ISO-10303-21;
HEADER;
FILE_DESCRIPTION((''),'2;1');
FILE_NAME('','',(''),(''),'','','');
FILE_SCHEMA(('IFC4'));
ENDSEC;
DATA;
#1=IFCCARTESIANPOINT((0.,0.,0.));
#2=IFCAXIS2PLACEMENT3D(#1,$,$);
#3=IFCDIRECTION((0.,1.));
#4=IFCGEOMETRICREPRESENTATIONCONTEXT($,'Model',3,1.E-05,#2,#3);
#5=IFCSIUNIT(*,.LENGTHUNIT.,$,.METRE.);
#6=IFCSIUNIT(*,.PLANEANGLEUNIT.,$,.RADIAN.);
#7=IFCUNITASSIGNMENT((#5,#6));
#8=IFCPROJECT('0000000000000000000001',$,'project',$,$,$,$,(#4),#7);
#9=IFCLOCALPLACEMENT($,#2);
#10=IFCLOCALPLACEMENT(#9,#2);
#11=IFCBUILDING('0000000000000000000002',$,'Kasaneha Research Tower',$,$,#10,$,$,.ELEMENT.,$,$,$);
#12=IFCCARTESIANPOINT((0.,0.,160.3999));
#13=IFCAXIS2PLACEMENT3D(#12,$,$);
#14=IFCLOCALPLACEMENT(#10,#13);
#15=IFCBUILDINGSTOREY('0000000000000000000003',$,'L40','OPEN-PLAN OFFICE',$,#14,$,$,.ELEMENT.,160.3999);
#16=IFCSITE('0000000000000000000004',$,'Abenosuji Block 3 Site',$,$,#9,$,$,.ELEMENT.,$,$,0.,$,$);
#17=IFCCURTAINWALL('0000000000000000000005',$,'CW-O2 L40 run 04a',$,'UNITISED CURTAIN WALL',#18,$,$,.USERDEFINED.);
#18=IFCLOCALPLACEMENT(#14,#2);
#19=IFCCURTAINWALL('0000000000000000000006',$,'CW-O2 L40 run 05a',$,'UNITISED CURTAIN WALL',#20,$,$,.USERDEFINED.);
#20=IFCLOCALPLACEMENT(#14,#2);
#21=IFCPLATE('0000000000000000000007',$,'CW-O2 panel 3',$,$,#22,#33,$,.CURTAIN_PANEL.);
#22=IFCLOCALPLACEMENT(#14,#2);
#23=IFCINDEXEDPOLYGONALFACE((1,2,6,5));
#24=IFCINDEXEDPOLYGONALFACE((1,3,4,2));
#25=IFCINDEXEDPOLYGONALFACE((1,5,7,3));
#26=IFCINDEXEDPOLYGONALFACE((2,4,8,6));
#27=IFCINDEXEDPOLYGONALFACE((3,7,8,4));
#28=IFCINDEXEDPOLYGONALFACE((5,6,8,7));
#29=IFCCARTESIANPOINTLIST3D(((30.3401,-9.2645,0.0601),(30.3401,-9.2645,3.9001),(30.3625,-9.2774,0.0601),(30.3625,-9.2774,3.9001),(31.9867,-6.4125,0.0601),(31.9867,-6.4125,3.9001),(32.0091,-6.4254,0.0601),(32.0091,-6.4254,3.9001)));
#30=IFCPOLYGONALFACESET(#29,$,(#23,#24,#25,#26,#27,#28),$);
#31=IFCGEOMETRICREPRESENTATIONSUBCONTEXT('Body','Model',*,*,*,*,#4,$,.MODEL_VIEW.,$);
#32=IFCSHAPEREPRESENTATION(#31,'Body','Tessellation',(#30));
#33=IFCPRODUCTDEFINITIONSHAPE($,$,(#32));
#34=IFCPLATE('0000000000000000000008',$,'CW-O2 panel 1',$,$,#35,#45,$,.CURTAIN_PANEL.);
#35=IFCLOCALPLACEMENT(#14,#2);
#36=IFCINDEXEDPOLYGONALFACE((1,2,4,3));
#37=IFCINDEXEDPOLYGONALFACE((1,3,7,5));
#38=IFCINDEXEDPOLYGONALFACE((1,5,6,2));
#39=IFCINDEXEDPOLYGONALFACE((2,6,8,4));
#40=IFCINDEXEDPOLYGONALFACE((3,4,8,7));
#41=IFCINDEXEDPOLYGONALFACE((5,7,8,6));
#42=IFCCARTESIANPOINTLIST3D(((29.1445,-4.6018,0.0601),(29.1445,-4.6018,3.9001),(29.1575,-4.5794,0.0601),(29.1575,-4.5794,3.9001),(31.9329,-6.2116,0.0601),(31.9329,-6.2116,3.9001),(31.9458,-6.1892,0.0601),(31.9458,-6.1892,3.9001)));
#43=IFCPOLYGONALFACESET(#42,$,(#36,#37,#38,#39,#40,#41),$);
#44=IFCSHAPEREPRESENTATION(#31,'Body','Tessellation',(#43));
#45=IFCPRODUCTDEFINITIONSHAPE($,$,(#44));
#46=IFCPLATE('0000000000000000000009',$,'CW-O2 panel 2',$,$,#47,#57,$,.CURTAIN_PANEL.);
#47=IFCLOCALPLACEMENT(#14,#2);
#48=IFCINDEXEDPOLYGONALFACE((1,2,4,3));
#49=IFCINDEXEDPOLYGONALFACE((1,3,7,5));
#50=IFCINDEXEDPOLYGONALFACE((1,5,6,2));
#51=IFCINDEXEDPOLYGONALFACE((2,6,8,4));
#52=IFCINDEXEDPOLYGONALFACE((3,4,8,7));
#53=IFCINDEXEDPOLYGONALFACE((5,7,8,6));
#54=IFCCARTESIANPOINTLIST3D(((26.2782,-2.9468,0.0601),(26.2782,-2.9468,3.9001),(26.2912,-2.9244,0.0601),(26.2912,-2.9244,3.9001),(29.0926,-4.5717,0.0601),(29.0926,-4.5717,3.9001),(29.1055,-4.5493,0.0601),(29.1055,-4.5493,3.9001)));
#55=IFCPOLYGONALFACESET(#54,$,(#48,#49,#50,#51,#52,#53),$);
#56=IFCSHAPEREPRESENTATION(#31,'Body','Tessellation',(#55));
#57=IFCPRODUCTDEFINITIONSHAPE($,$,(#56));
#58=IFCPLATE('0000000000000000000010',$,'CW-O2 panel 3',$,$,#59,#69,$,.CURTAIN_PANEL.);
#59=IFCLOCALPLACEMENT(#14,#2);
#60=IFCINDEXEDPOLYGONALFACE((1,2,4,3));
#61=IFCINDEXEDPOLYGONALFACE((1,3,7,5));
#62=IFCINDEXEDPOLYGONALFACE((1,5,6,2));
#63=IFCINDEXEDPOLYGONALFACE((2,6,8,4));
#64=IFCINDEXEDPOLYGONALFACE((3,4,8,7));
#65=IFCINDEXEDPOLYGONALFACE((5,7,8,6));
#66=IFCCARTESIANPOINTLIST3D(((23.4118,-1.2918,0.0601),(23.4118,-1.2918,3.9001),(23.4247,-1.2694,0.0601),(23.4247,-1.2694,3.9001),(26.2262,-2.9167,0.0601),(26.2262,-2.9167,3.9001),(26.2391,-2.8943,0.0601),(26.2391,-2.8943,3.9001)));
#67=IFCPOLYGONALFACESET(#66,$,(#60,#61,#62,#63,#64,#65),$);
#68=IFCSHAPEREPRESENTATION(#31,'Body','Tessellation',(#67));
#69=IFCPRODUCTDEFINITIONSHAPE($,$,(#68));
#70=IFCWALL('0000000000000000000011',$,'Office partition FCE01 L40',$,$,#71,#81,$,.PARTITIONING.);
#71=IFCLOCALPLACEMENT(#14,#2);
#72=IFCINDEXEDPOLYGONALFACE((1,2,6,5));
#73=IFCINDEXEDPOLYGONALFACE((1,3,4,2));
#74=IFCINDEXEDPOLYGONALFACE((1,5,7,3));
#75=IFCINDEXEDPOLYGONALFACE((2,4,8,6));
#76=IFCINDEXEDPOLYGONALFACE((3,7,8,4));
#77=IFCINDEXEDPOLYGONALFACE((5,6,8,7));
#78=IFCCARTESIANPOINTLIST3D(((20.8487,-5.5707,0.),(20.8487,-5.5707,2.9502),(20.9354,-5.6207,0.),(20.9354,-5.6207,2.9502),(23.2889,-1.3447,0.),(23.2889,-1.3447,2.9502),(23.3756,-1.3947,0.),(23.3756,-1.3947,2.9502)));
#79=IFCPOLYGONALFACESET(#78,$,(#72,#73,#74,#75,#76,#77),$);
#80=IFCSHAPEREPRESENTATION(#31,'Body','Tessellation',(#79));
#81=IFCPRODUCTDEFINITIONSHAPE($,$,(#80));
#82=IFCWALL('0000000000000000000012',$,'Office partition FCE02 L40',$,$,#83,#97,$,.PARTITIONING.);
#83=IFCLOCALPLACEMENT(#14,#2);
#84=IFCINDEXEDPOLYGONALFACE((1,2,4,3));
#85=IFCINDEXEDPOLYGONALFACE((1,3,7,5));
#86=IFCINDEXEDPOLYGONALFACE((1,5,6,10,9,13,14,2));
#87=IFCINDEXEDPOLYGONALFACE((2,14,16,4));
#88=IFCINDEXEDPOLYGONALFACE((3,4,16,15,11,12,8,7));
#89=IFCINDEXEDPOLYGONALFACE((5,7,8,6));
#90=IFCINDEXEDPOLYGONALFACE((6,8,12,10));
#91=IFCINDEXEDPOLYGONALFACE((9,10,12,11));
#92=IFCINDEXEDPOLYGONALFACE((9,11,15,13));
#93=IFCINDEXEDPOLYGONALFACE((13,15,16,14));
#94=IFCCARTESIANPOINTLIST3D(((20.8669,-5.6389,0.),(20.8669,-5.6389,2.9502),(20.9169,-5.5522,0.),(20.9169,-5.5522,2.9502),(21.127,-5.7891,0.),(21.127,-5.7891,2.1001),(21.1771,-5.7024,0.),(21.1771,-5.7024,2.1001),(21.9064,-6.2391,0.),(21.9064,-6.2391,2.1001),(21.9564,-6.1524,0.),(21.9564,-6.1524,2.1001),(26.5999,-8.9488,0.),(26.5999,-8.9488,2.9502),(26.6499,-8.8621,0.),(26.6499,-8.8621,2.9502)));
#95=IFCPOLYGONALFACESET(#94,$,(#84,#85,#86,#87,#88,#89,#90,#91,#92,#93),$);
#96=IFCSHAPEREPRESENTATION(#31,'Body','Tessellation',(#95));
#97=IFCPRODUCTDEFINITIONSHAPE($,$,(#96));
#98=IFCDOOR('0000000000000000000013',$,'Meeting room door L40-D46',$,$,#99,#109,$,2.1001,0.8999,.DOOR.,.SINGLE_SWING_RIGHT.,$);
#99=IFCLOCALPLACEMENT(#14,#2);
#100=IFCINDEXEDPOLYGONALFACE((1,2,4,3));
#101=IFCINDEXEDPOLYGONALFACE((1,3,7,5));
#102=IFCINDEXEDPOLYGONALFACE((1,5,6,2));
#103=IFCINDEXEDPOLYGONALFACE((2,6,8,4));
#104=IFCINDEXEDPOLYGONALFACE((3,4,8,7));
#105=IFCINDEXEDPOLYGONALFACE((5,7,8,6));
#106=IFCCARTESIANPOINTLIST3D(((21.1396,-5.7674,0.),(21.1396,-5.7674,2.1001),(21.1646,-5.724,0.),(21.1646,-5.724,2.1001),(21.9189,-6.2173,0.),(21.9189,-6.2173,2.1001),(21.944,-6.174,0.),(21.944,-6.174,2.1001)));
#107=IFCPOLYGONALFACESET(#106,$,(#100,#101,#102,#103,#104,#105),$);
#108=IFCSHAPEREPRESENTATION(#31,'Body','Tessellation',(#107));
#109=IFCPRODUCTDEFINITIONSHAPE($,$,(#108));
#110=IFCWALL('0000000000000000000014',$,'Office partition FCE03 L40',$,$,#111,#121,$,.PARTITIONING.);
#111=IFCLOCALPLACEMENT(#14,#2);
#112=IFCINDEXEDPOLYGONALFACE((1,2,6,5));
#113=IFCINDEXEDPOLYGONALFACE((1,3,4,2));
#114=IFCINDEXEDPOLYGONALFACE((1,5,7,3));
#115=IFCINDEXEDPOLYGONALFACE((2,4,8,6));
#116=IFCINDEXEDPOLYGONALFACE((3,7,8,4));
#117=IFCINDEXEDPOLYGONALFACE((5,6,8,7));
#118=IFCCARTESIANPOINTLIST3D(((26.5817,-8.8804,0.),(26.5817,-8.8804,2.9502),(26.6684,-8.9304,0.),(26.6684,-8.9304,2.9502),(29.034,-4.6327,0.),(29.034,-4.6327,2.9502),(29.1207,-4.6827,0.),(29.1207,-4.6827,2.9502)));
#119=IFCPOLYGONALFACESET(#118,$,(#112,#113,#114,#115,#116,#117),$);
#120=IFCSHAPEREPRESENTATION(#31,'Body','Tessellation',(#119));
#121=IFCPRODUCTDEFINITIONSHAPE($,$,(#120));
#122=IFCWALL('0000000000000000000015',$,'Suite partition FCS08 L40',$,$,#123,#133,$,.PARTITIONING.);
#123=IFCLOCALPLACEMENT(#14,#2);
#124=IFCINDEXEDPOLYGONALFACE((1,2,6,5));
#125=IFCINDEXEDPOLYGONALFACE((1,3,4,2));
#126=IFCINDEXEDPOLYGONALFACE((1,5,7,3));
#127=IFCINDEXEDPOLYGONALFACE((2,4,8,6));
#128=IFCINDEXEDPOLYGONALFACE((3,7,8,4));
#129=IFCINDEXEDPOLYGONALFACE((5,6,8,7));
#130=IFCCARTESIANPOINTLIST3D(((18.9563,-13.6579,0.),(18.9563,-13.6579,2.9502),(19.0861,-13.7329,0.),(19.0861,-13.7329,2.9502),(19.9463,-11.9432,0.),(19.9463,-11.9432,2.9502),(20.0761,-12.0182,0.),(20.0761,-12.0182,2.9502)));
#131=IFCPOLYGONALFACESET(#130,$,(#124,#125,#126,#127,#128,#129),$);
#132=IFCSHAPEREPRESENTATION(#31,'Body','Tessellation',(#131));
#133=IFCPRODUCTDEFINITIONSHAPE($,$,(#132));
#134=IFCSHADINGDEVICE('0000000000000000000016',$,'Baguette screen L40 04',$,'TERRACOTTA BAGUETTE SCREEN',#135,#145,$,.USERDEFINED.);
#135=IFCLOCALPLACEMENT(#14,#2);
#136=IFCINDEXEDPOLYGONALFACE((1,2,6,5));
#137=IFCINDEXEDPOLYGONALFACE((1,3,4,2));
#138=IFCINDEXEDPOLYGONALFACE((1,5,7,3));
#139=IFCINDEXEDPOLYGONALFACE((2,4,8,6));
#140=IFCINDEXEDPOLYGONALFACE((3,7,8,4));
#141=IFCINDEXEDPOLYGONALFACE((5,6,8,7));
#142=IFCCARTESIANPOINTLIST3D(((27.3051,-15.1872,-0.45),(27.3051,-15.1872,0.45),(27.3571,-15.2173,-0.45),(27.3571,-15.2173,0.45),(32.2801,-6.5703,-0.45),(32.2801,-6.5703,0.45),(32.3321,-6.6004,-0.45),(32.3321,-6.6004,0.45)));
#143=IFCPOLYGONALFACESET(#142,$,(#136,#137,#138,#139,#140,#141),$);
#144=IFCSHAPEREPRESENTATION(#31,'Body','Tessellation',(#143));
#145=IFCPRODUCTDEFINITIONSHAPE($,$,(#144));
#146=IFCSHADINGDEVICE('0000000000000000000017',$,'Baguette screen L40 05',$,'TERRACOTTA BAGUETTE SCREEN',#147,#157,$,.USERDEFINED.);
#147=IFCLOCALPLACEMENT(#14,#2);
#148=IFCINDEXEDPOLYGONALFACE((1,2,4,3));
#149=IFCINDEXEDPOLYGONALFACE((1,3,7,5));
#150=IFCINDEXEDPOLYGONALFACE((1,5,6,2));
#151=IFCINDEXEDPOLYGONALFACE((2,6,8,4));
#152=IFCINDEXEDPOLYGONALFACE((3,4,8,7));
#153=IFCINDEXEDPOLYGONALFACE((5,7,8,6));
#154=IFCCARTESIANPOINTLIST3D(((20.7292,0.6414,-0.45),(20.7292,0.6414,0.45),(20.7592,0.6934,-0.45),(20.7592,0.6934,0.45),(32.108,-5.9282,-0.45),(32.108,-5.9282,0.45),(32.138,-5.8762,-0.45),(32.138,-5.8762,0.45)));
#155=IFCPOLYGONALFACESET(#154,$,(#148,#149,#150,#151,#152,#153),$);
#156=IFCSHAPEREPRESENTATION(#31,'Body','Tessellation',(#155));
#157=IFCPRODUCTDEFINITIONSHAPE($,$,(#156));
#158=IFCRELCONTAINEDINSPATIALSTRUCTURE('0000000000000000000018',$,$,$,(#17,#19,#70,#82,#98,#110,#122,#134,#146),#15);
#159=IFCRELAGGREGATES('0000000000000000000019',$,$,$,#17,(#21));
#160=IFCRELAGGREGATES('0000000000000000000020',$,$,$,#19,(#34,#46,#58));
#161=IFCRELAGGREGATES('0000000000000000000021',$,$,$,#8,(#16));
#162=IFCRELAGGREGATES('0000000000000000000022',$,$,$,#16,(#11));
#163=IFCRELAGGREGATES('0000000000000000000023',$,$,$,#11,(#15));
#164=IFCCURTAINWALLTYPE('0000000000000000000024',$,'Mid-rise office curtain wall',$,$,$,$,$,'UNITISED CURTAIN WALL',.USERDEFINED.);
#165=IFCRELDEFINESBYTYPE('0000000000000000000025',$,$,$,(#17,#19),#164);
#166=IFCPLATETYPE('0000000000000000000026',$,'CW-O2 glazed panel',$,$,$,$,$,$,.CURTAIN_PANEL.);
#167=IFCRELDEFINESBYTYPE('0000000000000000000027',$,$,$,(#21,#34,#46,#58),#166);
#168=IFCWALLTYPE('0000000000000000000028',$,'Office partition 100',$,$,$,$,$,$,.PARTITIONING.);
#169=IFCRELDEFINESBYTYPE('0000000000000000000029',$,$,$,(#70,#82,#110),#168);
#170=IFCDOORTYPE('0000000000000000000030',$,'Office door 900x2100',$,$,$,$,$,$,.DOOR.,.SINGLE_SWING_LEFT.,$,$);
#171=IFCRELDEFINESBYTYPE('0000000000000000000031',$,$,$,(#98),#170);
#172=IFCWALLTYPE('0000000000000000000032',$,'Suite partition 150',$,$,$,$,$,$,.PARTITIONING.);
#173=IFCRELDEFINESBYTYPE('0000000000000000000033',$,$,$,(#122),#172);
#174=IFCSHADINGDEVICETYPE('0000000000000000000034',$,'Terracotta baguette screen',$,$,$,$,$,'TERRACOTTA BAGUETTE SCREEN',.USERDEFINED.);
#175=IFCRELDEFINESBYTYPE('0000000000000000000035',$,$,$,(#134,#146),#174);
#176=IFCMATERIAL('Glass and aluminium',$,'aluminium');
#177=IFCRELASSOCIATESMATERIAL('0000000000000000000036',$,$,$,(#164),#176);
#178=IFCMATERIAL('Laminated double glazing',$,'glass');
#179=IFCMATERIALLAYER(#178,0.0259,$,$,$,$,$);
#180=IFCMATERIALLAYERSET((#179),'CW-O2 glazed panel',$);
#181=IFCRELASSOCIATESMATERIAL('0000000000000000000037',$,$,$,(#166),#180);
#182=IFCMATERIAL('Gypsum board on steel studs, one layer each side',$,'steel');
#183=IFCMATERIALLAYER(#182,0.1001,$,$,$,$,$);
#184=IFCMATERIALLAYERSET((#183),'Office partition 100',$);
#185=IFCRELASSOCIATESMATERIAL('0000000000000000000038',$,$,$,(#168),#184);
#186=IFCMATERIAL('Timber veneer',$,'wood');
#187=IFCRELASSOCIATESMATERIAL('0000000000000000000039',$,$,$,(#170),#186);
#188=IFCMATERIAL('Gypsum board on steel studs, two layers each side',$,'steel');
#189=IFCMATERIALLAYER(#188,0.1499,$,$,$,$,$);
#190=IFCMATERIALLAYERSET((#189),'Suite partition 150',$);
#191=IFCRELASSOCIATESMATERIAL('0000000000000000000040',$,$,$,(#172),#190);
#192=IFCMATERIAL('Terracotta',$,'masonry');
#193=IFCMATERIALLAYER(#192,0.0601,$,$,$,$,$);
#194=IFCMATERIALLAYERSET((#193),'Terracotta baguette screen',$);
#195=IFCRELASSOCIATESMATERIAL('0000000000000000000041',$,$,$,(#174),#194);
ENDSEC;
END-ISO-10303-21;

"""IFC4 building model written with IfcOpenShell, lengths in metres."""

from ifc_helpers import new_model, si_unit, direction, frame, frame_2d, origin, origin_2d, place, context, subcontext, project, spatial, rectangle, extrude, material, layer, layer_set, type_object, element, fill, aggregate, save


model = new_model("IFC4")

# Units and contexts
model_context = context("Model", 3, precision=1e-05, world=origin(), true_north=direction((0.0, 1.0)))
body_context = subcontext(model_context, "Body", "Model", "MODEL_VIEW")
ifc_project = project(units=[si_unit("LENGTHUNIT", "METRE"), si_unit("PLANEANGLEUNIT", "RADIAN")], contexts=[model_context])

# Site, building, storey
site_placement = place(None, origin())
site = spatial("IfcSite", under=ifc_project, at=site_placement, Name="Abenosuji Block 3 Site", CompositionType="ELEMENT", RefElevation=0.0)
building_placement = place(site_placement, origin())
building = spatial("IfcBuilding", under=site, at=building_placement, Name="Kasaneha Research Tower", CompositionType="ELEMENT")
storey_placement = place(building_placement, frame((0.0, 0.0, 160.3999)))
storey = spatial("IfcBuildingStorey", under=building, at=storey_placement, Name="L40", Description="OPEN-PLAN OFFICE", CompositionType="ELEMENT", Elevation=160.3999)

# Curtain walls
ifc_material_1 = material(Name="Glass and aluminium", Category="aluminium")
curtain_wall_type = type_object("IfcCurtainWallType", Name="Mid-rise office curtain wall", ElementType="UNITISED CURTAIN WALL", PredefinedType="USERDEFINED", material=ifc_material_1)
curtain_wall_1_placement = place(storey_placement, origin())
curtain_wall_1 = element("IfcCurtainWall", 1, at=curtain_wall_1_placement, inside=storey, type_object=curtain_wall_type, Name="CW-O2 L40 run 04a", ObjectType="UNITISED CURTAIN WALL", PredefinedType="USERDEFINED")
curtain_wall_2_placement = place(storey_placement, origin())
curtain_wall_2 = element("IfcCurtainWall", 2, at=curtain_wall_2_placement, inside=storey, type_object=curtain_wall_type, Name="CW-O2 L40 run 05a", ObjectType="UNITISED CURTAIN WALL", PredefinedType="USERDEFINED")

# Plates
ifc_material_2 = material(Name="Laminated double glazing", Category="glass")
ifc_layer_1 = layer(ifc_material_2, 0.0259)
ifc_layer_set_1 = layer_set([ifc_layer_1], Name="CW-O2 glazed panel")
plate_type = type_object("IfcPlateType", Name="CW-O2 glazed panel", PredefinedType="CURTAIN_PANEL", material=ifc_layer_set_1)
plate_1_placement = place(storey_placement, frame((31.1746, -7.845, 0.0601), z_axis=(0.0, 0.0, 1.0), x_axis=(0.5, 0.866025, 0.0)))
plate_1 = element("IfcPlate", 3, at=plate_1_placement, type_object=plate_type, Name="CW-O2 panel 3", PredefinedType="CURTAIN_PANEL", context=body_context, shape_type="SweptSolid", body=[
    extrude(rectangle(XDim=3.2932, YDim=0.0259, at=origin_2d()), origin(), (0.0, 0.0, 1.0), 3.8401),
])
aggregate(curtain_wall_1, [plate_1])
plate_2_placement = place(storey_placement, frame((30.5452, -5.3955, 0.0601), z_axis=(0.0, 0.0, 1.0), x_axis=(-0.866025, 0.5, 0.0)))
plate_2 = element("IfcPlate", 4, at=plate_2_placement, type_object=plate_type, Name="CW-O2 panel 1", PredefinedType="CURTAIN_PANEL", context=body_context, shape_type="SweptSolid", body=[
    extrude(rectangle(XDim=3.2197, YDim=0.0259, at=origin_2d()), origin(), (0.0, 0.0, 1.0), 3.8401),
])
plate_3_placement = place(storey_placement, frame((27.6919, -3.748, 0.0601), z_axis=(0.0, 0.0, 1.0), x_axis=(-0.866025, 0.5, 0.0)))
plate_3 = element("IfcPlate", 5, at=plate_3_placement, type_object=plate_type, Name="CW-O2 panel 2", PredefinedType="CURTAIN_PANEL", context=body_context, shape_type="SweptSolid", body=[
    extrude(rectangle(XDim=3.2498, YDim=0.0259, at=origin_2d()), origin(), (0.0, 0.0, 1.0), 3.8401),
])
plate_4_placement = place(storey_placement, frame((24.8254, -2.093, 0.0601), z_axis=(0.0, 0.0, 1.0), x_axis=(-0.866025, 0.5, 0.0)))
plate_4 = element("IfcPlate", 6, at=plate_4_placement, type_object=plate_type, Name="CW-O2 panel 3", PredefinedType="CURTAIN_PANEL", context=body_context, shape_type="SweptSolid", body=[
    extrude(rectangle(XDim=3.2498, YDim=0.0259, at=origin_2d()), origin(), (0.0, 0.0, 1.0), 3.8401),
])
aggregate(curtain_wall_2, [plate_2, plate_3, plate_4])

# Wall
ifc_material_3 = material(Name="Gypsum board on steel studs, one layer each side", Category="steel")
ifc_layer_2 = layer(ifc_material_3, 0.1001)
ifc_layer_set_2 = layer_set([ifc_layer_2], Name="Office partition 100")
wall_type_1 = type_object("IfcWallType", Name="Office partition 100", PredefinedType="PARTITIONING", material=ifc_layer_set_2)
wall_1_placement = place(storey_placement, frame((20.8921, -5.5957, 0.0), z_axis=(0.0, 0.0, 1.0), x_axis=(0.50004, 0.866002, 0.0)))
element("IfcWall", 7, at=wall_1_placement, inside=storey, type_object=wall_type_1, Name="Office partition FCE01 L40", PredefinedType="PARTITIONING", context=body_context, shape_type="SweptSolid", body=[
    extrude(rectangle(XDim=4.8799, YDim=0.1001, at=frame_2d((2.4399, 0.0))), origin(), (0.0, 0.0, 1.0), 2.9502),
])

# Wall, opening, door
wall_2_placement = place(storey_placement, frame((26.625, -8.9055, 0.0), z_axis=(0.0, 0.0, 1.0), x_axis=(-0.866031, 0.499991, 0.0)))
wall_2 = element("IfcWall", 8, at=wall_2_placement, inside=storey, type_object=wall_type_1, Name="Office partition FCE02 L40", PredefinedType="PARTITIONING", context=body_context, shape_type="SweptSolid", body=[
    extrude(rectangle(XDim=6.6199, YDim=0.1001, at=frame_2d((3.3101, 0.0))), origin(), (0.0, 0.0, 1.0), 2.9502),
])
opening_placement = place(wall_2_placement, frame((5.4197, 0.0, 0.0)))
opening = element("IfcOpeningElement", 9, at=opening_placement, cuts=wall_2, PredefinedType="OPENING", context=body_context, shape_type="SweptSolid", body=[
    extrude(rectangle(XDim=0.8999, YDim=2.1001, at=frame_2d((0.45, 1.05))), frame((0.0, 0.0601, 0.0), z_axis=(0.0, -1.0, 0.0), x_axis=(1.0, 0.0, 0.0)), (0.0, 0.0, 1.0), 0.1201),
])
ifc_material_4 = material(Name="Timber veneer", Category="wood")
door_type = type_object("IfcDoorType", Name="Office door 900x2100", OperationType="SINGLE_SWING_LEFT", PredefinedType="DOOR", material=ifc_material_4)
door_placement = place(opening_placement, origin())
door = element("IfcDoor", 10, at=door_placement, inside=storey, type_object=door_type, Name="Meeting room door L40-D46", OperationType="SINGLE_SWING_RIGHT", OverallHeight=2.1001, OverallWidth=0.8999, PredefinedType="DOOR", context=body_context, shape_type="SweptSolid", body=[
    extrude(rectangle(XDim=0.8999, YDim=2.1001, at=frame_2d((0.45, 1.05))), frame((0.0, 0.0249, 0.0), z_axis=(0.0, -1.0, 0.0), x_axis=(1.0, 0.0, 0.0)), (0.0, 0.0, 1.0), 0.05),
])
fill(opening, door)

# Walls
wall_3_placement = place(storey_placement, frame((29.0774, -4.6577, 0.0), z_axis=(0.0, 0.0, 1.0), x_axis=(-0.499988, -0.866032, 0.0)))
element("IfcWall", 11, at=wall_3_placement, inside=storey, type_object=wall_type_1, Name="Office partition FCE03 L40", PredefinedType="PARTITIONING", context=body_context, shape_type="SweptSolid", body=[
    extrude(rectangle(XDim=4.9048, YDim=0.1001, at=frame_2d((2.4524, 0.0))), origin(), (0.0, 0.0, 1.0), 2.9502),
])
ifc_material_5 = material(Name="Gypsum board on steel studs, two layers each side", Category="steel")
ifc_layer_3 = layer(ifc_material_5, 0.1499)
ifc_layer_set_3 = layer_set([ifc_layer_3], Name="Suite partition 150")
wall_type_2 = type_object("IfcWallType", Name="Suite partition 150", PredefinedType="PARTITIONING", material=ifc_layer_set_3)
wall_4_placement = place(storey_placement, frame((20.0112, -11.9807, 0.0), z_axis=(0.0, 0.0, 1.0), x_axis=(-0.500025, -0.866011, 0.0)))
element("IfcWall", 12, at=wall_4_placement, inside=storey, type_object=wall_type_2, Name="Suite partition FCS08 L40", PredefinedType="PARTITIONING", context=body_context, shape_type="SweptSolid", body=[
    extrude(rectangle(XDim=1.98, YDim=0.1499, at=frame_2d((0.99, 0.0))), origin(), (0.0, 0.0, 1.0), 2.9502),
])

# Shading devices
ifc_material_6 = material(Name="Terracotta", Category="masonry")
ifc_layer_4 = layer(ifc_material_6, 0.0601)
ifc_layer_set_4 = layer_set([ifc_layer_4], Name="Terracotta baguette screen")
shading_device_type = type_object("IfcShadingDeviceType", Name="Terracotta baguette screen", ElementType="TERRACOTTA BAGUETTE SCREEN", PredefinedType="USERDEFINED", material=ifc_layer_set_4)
shading_device_1_placement = place(storey_placement, frame((29.8186, -10.8938, -0.45), z_axis=(0.0, 0.0, 1.0), x_axis=(0.5, 0.866025, 0.0)))
element("IfcShadingDevice", 13, at=shading_device_1_placement, inside=storey, type_object=shading_device_type, Name="Baguette screen L40 04", ObjectType="TERRACOTTA BAGUETTE SCREEN", PredefinedType="USERDEFINED", context=body_context, shape_type="SweptSolid", body=[
    extrude(rectangle(XDim=9.95, YDim=0.0601, at=origin_2d()), origin(), (0.0, 0.0, 1.0), 0.8999),
])
shading_device_2_placement = place(storey_placement, frame((26.4336, -2.6174, -0.45), z_axis=(0.0, 0.0, 1.0), x_axis=(-0.866025, 0.5, 0.0)))
element("IfcShadingDevice", 14, at=shading_device_2_placement, inside=storey, type_object=shading_device_type, Name="Baguette screen L40 05", ObjectType="TERRACOTTA BAGUETTE SCREEN", PredefinedType="USERDEFINED", context=body_context, shape_type="SweptSolid", body=[
    extrude(rectangle(XDim=13.1392, YDim=0.0601, at=origin_2d()), origin(), (0.0, 0.0, 1.0), 0.8999),
])

save(model, "model.ifc")
